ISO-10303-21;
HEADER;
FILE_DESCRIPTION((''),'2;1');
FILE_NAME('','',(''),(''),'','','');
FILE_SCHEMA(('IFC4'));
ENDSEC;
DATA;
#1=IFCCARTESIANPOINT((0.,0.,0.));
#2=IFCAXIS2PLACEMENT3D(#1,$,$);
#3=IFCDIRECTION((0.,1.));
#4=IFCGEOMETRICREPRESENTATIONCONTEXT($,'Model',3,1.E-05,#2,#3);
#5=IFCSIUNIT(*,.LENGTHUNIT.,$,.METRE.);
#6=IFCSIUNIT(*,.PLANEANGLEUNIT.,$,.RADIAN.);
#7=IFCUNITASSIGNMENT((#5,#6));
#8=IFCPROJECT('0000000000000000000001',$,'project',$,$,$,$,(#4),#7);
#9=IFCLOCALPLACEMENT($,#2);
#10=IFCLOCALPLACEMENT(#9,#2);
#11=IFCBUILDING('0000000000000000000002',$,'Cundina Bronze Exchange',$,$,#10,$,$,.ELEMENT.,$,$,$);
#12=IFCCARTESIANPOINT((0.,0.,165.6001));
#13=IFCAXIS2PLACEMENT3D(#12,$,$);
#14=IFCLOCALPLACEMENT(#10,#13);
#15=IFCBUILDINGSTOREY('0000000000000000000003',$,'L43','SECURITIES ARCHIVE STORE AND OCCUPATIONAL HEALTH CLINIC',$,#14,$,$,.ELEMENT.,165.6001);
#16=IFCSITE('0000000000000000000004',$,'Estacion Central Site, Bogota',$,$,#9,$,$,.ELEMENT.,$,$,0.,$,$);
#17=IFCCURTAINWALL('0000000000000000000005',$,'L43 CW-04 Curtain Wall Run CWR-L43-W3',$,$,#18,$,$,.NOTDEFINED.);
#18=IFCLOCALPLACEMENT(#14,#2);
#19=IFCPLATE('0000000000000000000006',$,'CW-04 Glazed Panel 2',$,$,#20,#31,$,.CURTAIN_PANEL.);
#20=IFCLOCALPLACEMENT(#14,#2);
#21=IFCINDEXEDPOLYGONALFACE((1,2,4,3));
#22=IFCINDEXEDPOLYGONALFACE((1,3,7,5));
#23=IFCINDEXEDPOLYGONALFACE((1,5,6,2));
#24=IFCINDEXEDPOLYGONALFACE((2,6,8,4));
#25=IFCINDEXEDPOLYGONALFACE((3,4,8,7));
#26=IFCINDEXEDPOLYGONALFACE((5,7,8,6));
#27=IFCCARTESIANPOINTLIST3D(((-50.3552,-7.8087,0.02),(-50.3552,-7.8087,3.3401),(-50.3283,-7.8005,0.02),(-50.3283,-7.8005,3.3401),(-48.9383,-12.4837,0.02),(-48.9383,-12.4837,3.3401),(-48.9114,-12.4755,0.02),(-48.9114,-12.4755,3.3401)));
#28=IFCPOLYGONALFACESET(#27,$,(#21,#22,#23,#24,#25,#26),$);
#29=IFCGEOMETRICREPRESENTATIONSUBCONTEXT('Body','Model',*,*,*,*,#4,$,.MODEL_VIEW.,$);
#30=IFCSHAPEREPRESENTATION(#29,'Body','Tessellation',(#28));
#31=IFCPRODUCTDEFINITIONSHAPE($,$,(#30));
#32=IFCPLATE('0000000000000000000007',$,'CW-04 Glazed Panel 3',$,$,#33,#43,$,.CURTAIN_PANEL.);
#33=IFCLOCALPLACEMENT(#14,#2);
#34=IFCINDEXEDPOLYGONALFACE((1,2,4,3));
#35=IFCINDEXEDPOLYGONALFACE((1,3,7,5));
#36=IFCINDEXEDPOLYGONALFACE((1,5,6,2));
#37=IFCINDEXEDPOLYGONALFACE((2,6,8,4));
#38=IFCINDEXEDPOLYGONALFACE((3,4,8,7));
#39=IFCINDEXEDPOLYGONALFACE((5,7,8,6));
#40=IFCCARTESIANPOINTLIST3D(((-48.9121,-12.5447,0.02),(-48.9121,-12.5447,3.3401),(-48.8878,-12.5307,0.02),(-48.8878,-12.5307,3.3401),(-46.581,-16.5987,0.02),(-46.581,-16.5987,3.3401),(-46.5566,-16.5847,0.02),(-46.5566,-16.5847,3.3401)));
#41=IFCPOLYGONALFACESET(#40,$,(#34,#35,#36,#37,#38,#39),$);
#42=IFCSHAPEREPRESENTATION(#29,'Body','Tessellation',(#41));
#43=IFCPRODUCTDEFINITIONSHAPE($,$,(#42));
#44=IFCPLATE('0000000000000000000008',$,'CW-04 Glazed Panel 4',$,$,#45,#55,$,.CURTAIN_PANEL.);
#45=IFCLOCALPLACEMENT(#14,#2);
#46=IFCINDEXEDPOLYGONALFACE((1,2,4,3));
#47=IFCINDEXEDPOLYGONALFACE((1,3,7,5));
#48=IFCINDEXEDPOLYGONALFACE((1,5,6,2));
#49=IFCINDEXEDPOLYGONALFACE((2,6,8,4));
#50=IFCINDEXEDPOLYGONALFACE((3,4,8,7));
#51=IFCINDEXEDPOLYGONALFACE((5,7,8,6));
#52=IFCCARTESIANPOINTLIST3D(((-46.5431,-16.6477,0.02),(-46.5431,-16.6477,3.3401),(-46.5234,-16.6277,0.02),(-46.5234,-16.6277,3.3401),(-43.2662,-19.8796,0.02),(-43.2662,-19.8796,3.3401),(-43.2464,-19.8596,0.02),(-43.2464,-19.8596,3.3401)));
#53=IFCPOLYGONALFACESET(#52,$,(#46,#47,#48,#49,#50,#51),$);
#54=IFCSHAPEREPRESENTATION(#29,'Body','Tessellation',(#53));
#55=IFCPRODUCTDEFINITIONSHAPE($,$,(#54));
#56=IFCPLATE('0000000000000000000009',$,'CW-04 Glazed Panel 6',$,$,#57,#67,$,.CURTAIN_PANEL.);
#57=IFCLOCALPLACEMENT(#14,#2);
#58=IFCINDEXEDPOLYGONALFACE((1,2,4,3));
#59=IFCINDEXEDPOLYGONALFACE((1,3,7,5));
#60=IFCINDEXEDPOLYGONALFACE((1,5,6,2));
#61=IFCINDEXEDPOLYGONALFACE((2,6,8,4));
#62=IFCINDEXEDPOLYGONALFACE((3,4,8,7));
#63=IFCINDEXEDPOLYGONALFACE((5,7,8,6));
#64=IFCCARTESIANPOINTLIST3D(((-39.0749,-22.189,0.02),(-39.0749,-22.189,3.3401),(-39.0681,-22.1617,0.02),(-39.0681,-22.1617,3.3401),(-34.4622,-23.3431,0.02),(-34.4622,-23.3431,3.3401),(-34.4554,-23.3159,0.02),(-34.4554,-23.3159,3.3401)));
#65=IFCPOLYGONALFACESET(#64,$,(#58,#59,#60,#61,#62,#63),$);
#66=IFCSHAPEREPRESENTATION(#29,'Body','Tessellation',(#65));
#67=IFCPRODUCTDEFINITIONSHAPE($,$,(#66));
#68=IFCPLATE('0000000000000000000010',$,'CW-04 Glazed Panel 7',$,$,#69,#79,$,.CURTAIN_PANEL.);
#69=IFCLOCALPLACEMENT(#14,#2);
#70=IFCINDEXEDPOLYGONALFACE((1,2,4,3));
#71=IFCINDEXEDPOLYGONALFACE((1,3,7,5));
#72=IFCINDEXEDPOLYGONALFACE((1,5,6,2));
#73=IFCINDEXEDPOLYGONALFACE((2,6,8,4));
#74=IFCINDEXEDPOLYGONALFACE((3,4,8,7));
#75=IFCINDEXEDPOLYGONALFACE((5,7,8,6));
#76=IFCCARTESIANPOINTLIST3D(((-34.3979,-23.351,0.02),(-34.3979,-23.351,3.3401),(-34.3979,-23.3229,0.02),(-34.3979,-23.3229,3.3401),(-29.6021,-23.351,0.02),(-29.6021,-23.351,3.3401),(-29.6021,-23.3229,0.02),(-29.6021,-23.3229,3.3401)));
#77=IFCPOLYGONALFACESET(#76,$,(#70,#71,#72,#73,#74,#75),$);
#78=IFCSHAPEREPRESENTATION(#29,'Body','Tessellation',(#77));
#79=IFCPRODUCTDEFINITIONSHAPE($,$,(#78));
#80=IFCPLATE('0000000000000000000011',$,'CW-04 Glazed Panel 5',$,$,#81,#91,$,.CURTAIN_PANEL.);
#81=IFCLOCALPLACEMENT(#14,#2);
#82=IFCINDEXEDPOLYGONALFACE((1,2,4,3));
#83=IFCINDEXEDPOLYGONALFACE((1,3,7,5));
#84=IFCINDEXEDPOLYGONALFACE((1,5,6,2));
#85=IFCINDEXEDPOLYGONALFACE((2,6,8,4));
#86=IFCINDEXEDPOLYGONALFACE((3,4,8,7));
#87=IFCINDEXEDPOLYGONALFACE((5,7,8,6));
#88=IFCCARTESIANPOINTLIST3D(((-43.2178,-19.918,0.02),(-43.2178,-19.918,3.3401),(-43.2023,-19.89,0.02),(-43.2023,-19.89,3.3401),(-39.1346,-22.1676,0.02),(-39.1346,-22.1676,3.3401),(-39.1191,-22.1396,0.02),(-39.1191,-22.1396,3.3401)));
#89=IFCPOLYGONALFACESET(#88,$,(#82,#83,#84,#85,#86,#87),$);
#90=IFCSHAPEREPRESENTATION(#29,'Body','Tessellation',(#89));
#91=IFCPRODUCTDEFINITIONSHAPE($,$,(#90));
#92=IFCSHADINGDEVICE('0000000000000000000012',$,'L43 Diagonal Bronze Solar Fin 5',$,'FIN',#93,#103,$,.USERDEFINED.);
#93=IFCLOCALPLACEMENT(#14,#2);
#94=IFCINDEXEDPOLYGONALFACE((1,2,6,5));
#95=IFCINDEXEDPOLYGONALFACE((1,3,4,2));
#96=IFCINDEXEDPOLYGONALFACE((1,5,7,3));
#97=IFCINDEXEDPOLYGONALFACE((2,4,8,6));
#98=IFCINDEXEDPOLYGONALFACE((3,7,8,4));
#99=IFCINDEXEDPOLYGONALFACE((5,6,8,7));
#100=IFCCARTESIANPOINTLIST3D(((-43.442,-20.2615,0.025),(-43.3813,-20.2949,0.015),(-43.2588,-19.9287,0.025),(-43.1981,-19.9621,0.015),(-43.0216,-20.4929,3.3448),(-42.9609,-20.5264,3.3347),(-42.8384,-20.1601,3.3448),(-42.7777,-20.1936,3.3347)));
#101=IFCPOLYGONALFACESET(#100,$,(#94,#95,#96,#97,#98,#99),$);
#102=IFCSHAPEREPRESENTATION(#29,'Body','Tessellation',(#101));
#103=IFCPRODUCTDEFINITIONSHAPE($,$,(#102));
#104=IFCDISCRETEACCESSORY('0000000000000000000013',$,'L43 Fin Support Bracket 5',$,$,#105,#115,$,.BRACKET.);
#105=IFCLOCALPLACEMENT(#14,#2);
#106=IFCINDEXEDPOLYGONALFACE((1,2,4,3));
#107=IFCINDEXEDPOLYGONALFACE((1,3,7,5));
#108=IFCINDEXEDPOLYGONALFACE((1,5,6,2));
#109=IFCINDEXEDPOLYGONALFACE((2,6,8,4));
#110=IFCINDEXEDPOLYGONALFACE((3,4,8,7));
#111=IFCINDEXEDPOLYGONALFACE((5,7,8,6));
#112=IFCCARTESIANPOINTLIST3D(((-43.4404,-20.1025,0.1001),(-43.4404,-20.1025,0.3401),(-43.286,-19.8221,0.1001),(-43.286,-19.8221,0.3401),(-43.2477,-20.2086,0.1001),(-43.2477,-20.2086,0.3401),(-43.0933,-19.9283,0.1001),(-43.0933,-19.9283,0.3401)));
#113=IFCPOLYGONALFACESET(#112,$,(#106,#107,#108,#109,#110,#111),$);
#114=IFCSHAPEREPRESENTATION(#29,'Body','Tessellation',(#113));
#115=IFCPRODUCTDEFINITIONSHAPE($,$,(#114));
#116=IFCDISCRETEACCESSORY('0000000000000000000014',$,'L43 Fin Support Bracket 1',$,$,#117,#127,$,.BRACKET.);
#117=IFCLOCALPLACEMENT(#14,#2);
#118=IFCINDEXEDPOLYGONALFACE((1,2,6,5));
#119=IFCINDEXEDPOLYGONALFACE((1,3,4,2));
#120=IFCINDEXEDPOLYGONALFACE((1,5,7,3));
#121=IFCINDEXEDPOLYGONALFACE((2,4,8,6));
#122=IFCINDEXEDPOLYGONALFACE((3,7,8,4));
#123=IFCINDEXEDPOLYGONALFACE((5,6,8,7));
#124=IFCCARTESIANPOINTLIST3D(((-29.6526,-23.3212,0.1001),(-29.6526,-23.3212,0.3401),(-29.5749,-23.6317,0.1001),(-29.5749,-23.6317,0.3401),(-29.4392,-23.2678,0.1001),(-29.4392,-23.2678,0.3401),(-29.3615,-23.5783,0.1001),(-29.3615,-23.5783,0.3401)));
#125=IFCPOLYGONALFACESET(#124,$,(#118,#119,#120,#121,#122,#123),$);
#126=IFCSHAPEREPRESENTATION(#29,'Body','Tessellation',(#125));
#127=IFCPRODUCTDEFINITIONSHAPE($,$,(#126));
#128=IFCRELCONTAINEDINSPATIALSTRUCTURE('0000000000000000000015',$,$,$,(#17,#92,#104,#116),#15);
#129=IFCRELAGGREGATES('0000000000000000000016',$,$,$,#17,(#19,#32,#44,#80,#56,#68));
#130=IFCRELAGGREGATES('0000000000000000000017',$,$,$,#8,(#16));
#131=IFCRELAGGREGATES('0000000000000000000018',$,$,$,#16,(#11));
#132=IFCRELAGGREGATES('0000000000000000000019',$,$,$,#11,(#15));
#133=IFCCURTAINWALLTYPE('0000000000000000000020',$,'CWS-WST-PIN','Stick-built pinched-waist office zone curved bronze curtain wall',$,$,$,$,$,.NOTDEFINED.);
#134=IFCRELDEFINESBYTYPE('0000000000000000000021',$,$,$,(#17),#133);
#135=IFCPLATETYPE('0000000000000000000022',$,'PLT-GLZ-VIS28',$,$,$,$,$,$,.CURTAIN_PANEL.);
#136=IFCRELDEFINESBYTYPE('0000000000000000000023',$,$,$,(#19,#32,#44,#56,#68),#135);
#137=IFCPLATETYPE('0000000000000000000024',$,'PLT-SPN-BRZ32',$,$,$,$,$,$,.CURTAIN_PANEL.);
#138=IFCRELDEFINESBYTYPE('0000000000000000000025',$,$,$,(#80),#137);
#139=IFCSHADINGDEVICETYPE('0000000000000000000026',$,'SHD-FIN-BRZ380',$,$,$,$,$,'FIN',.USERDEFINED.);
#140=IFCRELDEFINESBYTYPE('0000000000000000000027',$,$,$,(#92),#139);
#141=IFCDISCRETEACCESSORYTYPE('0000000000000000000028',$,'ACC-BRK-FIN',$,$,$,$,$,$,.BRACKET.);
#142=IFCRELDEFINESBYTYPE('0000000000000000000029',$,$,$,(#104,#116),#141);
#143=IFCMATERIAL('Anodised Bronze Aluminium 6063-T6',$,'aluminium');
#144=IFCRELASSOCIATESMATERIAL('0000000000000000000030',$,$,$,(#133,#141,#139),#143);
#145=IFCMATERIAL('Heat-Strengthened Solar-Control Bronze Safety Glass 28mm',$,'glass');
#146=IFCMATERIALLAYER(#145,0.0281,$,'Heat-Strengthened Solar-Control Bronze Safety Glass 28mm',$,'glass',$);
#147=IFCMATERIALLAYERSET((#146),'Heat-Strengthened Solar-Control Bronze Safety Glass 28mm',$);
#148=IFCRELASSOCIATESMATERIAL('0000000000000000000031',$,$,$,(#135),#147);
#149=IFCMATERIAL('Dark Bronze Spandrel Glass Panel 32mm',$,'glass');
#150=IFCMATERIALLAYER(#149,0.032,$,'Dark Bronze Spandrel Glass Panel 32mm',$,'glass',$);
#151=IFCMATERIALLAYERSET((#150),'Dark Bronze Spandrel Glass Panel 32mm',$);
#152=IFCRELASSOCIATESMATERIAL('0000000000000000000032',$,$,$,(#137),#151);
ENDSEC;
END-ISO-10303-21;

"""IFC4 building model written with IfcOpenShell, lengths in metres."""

from ifc_helpers import new_model, si_unit, direction, frame, origin, origin_2d, place, context, subcontext, project, spatial, rectangle, extrude, material, layer, layer_set, material_profile, profile_set, type_object, element, aggregate, save


model = new_model("IFC4")

# Units and contexts
model_context = context("Model", 3, precision=1e-05, world=origin(), true_north=direction((0.0, 1.0)))
body_context = subcontext(model_context, "Body", "Model", "MODEL_VIEW")
ifc_project = project(units=[si_unit("LENGTHUNIT", "METRE"), si_unit("PLANEANGLEUNIT", "RADIAN")], contexts=[model_context])

# Site, building, storey
site_placement = place(None, origin())
site = spatial("IfcSite", under=ifc_project, at=site_placement, Name="Estacion Central Site, Bogota", CompositionType="ELEMENT", RefElevation=0.0)
building_placement = place(site_placement, origin())
building = spatial("IfcBuilding", under=site, at=building_placement, Name="Cundina Bronze Exchange", CompositionType="ELEMENT")
storey_placement = place(building_placement, frame((0.0, 0.0, 165.6001)))
storey = spatial("IfcBuildingStorey", under=building, at=storey_placement, Name="L43", Description="SECURITIES ARCHIVE STORE AND OCCUPATIONAL HEALTH CLINIC", CompositionType="ELEMENT", Elevation=165.6001)

# Curtain wall
ifc_material_1 = material(Name="Anodised Bronze Aluminium 6063-T6", Category="aluminium")
curtain_wall_type = type_object("IfcCurtainWallType", Name="CWS-WST-PIN", Description="Stick-built pinched-waist office zone curved bronze curtain wall", PredefinedType="NOTDEFINED", material=ifc_material_1)
curtain_wall_1_placement = place(storey_placement, origin())
curtain_wall_1 = element("IfcCurtainWall", 1, at=curtain_wall_1_placement, inside=storey, type_object=curtain_wall_type, Name="L43 CW-04 Curtain Wall Run CWR-L43-W3", PredefinedType="NOTDEFINED")

# Plates
ifc_material_2 = material(Name="Heat-Strengthened Solar-Control Bronze Safety Glass 28mm", Category="glass")
ifc_layer_1 = layer(ifc_material_2, 0.0281, Name="Heat-Strengthened Solar-Control Bronze Safety Glass 28mm", Category="glass")
ifc_layer_set_1 = layer_set([ifc_layer_1], Name="Heat-Strengthened Solar-Control Bronze Safety Glass 28mm")
plate_type_1 = type_object("IfcPlateType", Name="PLT-GLZ-VIS28", PredefinedType="CURTAIN_PANEL", material=ifc_layer_set_1)
plate_1_placement = place(storey_placement, frame((-49.6333, -10.1421, 0.02), z_axis=(0.0, 0.0, 1.0), x_axis=(0.290051, -0.957011, 0.0)))
plate_1 = element("IfcPlate", 2, at=plate_1_placement, type_object=plate_type_1, Name="CW-04 Glazed Panel 2", PredefinedType="CURTAIN_PANEL", context=body_context, shape_type="SweptSolid", body=[
    extrude(rectangle(XDim=4.885, YDim=0.0281, at=origin_2d()), origin(), (0.0, 0.0, 1.0), 3.3201),
])
plate_2_placement = place(storey_placement, frame((-47.7344, -14.5647, 0.02), z_axis=(0.0, 0.0, 1.0), x_axis=(0.498488, -0.866897, 0.0)))
plate_2 = element("IfcPlate", 3, at=plate_2_placement, type_object=plate_type_1, Name="CW-04 Glazed Panel 3", PredefinedType="CURTAIN_PANEL", context=body_context, shape_type="SweptSolid", body=[
    extrude(rectangle(XDim=4.6765, YDim=0.0281, at=origin_2d()), origin(), (0.0, 0.0, 1.0), 3.3201),
])
plate_3_placement = place(storey_placement, frame((-44.8948, -18.2537, 0.02), z_axis=(0.0, 0.0, 1.0), x_axis=(0.711989, -0.70219, 0.0)))
plate_3 = element("IfcPlate", 4, at=plate_3_placement, type_object=plate_type_1, Name="CW-04 Glazed Panel 4", PredefinedType="CURTAIN_PANEL", context=body_context, shape_type="SweptSolid", body=[
    extrude(rectangle(XDim=4.6025, YDim=0.0281, at=origin_2d()), origin(), (0.0, 0.0, 1.0), 3.3201),
])
plate_4_placement = place(storey_placement, frame((-36.7651, -22.7524, 0.02), z_axis=(0.0, 0.0, 1.0), x_axis=(0.970093, -0.242735, 0.0)))
plate_4 = element("IfcPlate", 5, at=plate_4_placement, type_object=plate_type_1, Name="CW-04 Glazed Panel 6", PredefinedType="CURTAIN_PANEL", context=body_context, shape_type="SweptSolid", body=[
    extrude(rectangle(XDim=4.7549, YDim=0.0281, at=origin_2d()), origin(), (0.0, 0.0, 1.0), 3.3201),
])
plate_5_placement = place(storey_placement, frame((-32.0, -23.3369, 0.02), z_axis=(0.0, 0.0, 1.0), x_axis=(1.0, 0.0, 0.0)))
plate_5 = element("IfcPlate", 6, at=plate_5_placement, type_object=plate_type_1, Name="CW-04 Glazed Panel 7", PredefinedType="CURTAIN_PANEL", context=body_context, shape_type="SweptSolid", body=[
    extrude(rectangle(XDim=4.7959, YDim=0.0281, at=origin_2d()), origin(), (0.0, 0.0, 1.0), 3.3201),
])
ifc_material_3 = material(Name="Dark Bronze Spandrel Glass Panel 32mm", Category="glass")
ifc_layer_2 = layer(ifc_material_3, 0.032, Name="Dark Bronze Spandrel Glass Panel 32mm", Category="glass")
ifc_layer_set_2 = layer_set([ifc_layer_2], Name="Dark Bronze Spandrel Glass Panel 32mm")
plate_type_2 = type_object("IfcPlateType", Name="PLT-SPN-BRZ32", PredefinedType="CURTAIN_PANEL", material=ifc_layer_set_2)
plate_6_placement = place(storey_placement, frame((-41.1685, -21.0288, 0.02), z_axis=(0.0, 0.0, 1.0), x_axis=(0.875869, -0.482549, 0.0)))
plate_6 = element("IfcPlate", 7, at=plate_6_placement, type_object=plate_type_2, Name="CW-04 Glazed Panel 5", PredefinedType="CURTAIN_PANEL", context=body_context, shape_type="SweptSolid", body=[
    extrude(rectangle(XDim=4.6619, YDim=0.032, at=origin_2d()), origin(), (0.0, 0.0, 1.0), 3.3201),
])
aggregate(curtain_wall_1, [plate_1, plate_2, plate_3, plate_6, plate_4, plate_5])

# Shading device
ifc_material_profile_1 = material_profile(ifc_material_1, rectangle(XDim=0.0701, YDim=0.3799, at=origin_2d()), Name="FIN70X380", Category="aluminium")
ifc_profile_set_1 = profile_set([ifc_material_profile_1], Name="Anodised Bronze Aluminium 6063-T6")
shading_device_type = type_object("IfcShadingDeviceType", Name="SHD-FIN-BRZ380", ElementType="FIN", PredefinedType="USERDEFINED", material=ifc_profile_set_1)
shading_device_placement = place(storey_placement, frame((-43.3201, -20.1118, 0.02), z_axis=(0.125333, -0.068999, 0.989712), x_axis=(-0.86701, 0.477309, 0.143071)))
element("IfcShadingDevice", 8, at=shading_device_placement, inside=storey, type_object=shading_device_type, Name="L43 Diagonal Bronze Solar Fin 5", ObjectType="FIN", PredefinedType="USERDEFINED", context=body_context, shape_type="SweptSolid", body=[
    extrude(rectangle(XDim=0.0701, YDim=0.3799, at=origin_2d()), origin(), (0.0, 0.0, 1.0), 3.3542),
])

# Discrete accessories
discrete_accessory_type = type_object("IfcDiscreteAccessoryType", Name="ACC-BRK-FIN", PredefinedType="BRACKET", material=ifc_material_1)
for number, where, z_axis, x_axis, name in (
    (9, (-43.2668, -20.0154, 0.1001), (0.0, 0.0, 1.0), (0.875869, -0.482549, 0.0), "L43 Fin Support Bracket 5"),
    (10, (-29.5071, -23.4497, 0.1001), (0.0, 0.0, 1.0), (0.970093, 0.242735, 0.0), "L43 Fin Support Bracket 1"),
):
    element("IfcDiscreteAccessory", number, at=place(storey_placement, frame(where, z_axis=z_axis, x_axis=x_axis)), inside=storey, type_object=discrete_accessory_type, Name=name, PredefinedType="BRACKET", context=body_context, shape_type="SweptSolid", body=[
        extrude(rectangle(XDim=0.22, YDim=0.3201, at=origin_2d()), origin(), (0.0, 0.0, 1.0), 0.24),
    ])

save(model, "model.ifc")
